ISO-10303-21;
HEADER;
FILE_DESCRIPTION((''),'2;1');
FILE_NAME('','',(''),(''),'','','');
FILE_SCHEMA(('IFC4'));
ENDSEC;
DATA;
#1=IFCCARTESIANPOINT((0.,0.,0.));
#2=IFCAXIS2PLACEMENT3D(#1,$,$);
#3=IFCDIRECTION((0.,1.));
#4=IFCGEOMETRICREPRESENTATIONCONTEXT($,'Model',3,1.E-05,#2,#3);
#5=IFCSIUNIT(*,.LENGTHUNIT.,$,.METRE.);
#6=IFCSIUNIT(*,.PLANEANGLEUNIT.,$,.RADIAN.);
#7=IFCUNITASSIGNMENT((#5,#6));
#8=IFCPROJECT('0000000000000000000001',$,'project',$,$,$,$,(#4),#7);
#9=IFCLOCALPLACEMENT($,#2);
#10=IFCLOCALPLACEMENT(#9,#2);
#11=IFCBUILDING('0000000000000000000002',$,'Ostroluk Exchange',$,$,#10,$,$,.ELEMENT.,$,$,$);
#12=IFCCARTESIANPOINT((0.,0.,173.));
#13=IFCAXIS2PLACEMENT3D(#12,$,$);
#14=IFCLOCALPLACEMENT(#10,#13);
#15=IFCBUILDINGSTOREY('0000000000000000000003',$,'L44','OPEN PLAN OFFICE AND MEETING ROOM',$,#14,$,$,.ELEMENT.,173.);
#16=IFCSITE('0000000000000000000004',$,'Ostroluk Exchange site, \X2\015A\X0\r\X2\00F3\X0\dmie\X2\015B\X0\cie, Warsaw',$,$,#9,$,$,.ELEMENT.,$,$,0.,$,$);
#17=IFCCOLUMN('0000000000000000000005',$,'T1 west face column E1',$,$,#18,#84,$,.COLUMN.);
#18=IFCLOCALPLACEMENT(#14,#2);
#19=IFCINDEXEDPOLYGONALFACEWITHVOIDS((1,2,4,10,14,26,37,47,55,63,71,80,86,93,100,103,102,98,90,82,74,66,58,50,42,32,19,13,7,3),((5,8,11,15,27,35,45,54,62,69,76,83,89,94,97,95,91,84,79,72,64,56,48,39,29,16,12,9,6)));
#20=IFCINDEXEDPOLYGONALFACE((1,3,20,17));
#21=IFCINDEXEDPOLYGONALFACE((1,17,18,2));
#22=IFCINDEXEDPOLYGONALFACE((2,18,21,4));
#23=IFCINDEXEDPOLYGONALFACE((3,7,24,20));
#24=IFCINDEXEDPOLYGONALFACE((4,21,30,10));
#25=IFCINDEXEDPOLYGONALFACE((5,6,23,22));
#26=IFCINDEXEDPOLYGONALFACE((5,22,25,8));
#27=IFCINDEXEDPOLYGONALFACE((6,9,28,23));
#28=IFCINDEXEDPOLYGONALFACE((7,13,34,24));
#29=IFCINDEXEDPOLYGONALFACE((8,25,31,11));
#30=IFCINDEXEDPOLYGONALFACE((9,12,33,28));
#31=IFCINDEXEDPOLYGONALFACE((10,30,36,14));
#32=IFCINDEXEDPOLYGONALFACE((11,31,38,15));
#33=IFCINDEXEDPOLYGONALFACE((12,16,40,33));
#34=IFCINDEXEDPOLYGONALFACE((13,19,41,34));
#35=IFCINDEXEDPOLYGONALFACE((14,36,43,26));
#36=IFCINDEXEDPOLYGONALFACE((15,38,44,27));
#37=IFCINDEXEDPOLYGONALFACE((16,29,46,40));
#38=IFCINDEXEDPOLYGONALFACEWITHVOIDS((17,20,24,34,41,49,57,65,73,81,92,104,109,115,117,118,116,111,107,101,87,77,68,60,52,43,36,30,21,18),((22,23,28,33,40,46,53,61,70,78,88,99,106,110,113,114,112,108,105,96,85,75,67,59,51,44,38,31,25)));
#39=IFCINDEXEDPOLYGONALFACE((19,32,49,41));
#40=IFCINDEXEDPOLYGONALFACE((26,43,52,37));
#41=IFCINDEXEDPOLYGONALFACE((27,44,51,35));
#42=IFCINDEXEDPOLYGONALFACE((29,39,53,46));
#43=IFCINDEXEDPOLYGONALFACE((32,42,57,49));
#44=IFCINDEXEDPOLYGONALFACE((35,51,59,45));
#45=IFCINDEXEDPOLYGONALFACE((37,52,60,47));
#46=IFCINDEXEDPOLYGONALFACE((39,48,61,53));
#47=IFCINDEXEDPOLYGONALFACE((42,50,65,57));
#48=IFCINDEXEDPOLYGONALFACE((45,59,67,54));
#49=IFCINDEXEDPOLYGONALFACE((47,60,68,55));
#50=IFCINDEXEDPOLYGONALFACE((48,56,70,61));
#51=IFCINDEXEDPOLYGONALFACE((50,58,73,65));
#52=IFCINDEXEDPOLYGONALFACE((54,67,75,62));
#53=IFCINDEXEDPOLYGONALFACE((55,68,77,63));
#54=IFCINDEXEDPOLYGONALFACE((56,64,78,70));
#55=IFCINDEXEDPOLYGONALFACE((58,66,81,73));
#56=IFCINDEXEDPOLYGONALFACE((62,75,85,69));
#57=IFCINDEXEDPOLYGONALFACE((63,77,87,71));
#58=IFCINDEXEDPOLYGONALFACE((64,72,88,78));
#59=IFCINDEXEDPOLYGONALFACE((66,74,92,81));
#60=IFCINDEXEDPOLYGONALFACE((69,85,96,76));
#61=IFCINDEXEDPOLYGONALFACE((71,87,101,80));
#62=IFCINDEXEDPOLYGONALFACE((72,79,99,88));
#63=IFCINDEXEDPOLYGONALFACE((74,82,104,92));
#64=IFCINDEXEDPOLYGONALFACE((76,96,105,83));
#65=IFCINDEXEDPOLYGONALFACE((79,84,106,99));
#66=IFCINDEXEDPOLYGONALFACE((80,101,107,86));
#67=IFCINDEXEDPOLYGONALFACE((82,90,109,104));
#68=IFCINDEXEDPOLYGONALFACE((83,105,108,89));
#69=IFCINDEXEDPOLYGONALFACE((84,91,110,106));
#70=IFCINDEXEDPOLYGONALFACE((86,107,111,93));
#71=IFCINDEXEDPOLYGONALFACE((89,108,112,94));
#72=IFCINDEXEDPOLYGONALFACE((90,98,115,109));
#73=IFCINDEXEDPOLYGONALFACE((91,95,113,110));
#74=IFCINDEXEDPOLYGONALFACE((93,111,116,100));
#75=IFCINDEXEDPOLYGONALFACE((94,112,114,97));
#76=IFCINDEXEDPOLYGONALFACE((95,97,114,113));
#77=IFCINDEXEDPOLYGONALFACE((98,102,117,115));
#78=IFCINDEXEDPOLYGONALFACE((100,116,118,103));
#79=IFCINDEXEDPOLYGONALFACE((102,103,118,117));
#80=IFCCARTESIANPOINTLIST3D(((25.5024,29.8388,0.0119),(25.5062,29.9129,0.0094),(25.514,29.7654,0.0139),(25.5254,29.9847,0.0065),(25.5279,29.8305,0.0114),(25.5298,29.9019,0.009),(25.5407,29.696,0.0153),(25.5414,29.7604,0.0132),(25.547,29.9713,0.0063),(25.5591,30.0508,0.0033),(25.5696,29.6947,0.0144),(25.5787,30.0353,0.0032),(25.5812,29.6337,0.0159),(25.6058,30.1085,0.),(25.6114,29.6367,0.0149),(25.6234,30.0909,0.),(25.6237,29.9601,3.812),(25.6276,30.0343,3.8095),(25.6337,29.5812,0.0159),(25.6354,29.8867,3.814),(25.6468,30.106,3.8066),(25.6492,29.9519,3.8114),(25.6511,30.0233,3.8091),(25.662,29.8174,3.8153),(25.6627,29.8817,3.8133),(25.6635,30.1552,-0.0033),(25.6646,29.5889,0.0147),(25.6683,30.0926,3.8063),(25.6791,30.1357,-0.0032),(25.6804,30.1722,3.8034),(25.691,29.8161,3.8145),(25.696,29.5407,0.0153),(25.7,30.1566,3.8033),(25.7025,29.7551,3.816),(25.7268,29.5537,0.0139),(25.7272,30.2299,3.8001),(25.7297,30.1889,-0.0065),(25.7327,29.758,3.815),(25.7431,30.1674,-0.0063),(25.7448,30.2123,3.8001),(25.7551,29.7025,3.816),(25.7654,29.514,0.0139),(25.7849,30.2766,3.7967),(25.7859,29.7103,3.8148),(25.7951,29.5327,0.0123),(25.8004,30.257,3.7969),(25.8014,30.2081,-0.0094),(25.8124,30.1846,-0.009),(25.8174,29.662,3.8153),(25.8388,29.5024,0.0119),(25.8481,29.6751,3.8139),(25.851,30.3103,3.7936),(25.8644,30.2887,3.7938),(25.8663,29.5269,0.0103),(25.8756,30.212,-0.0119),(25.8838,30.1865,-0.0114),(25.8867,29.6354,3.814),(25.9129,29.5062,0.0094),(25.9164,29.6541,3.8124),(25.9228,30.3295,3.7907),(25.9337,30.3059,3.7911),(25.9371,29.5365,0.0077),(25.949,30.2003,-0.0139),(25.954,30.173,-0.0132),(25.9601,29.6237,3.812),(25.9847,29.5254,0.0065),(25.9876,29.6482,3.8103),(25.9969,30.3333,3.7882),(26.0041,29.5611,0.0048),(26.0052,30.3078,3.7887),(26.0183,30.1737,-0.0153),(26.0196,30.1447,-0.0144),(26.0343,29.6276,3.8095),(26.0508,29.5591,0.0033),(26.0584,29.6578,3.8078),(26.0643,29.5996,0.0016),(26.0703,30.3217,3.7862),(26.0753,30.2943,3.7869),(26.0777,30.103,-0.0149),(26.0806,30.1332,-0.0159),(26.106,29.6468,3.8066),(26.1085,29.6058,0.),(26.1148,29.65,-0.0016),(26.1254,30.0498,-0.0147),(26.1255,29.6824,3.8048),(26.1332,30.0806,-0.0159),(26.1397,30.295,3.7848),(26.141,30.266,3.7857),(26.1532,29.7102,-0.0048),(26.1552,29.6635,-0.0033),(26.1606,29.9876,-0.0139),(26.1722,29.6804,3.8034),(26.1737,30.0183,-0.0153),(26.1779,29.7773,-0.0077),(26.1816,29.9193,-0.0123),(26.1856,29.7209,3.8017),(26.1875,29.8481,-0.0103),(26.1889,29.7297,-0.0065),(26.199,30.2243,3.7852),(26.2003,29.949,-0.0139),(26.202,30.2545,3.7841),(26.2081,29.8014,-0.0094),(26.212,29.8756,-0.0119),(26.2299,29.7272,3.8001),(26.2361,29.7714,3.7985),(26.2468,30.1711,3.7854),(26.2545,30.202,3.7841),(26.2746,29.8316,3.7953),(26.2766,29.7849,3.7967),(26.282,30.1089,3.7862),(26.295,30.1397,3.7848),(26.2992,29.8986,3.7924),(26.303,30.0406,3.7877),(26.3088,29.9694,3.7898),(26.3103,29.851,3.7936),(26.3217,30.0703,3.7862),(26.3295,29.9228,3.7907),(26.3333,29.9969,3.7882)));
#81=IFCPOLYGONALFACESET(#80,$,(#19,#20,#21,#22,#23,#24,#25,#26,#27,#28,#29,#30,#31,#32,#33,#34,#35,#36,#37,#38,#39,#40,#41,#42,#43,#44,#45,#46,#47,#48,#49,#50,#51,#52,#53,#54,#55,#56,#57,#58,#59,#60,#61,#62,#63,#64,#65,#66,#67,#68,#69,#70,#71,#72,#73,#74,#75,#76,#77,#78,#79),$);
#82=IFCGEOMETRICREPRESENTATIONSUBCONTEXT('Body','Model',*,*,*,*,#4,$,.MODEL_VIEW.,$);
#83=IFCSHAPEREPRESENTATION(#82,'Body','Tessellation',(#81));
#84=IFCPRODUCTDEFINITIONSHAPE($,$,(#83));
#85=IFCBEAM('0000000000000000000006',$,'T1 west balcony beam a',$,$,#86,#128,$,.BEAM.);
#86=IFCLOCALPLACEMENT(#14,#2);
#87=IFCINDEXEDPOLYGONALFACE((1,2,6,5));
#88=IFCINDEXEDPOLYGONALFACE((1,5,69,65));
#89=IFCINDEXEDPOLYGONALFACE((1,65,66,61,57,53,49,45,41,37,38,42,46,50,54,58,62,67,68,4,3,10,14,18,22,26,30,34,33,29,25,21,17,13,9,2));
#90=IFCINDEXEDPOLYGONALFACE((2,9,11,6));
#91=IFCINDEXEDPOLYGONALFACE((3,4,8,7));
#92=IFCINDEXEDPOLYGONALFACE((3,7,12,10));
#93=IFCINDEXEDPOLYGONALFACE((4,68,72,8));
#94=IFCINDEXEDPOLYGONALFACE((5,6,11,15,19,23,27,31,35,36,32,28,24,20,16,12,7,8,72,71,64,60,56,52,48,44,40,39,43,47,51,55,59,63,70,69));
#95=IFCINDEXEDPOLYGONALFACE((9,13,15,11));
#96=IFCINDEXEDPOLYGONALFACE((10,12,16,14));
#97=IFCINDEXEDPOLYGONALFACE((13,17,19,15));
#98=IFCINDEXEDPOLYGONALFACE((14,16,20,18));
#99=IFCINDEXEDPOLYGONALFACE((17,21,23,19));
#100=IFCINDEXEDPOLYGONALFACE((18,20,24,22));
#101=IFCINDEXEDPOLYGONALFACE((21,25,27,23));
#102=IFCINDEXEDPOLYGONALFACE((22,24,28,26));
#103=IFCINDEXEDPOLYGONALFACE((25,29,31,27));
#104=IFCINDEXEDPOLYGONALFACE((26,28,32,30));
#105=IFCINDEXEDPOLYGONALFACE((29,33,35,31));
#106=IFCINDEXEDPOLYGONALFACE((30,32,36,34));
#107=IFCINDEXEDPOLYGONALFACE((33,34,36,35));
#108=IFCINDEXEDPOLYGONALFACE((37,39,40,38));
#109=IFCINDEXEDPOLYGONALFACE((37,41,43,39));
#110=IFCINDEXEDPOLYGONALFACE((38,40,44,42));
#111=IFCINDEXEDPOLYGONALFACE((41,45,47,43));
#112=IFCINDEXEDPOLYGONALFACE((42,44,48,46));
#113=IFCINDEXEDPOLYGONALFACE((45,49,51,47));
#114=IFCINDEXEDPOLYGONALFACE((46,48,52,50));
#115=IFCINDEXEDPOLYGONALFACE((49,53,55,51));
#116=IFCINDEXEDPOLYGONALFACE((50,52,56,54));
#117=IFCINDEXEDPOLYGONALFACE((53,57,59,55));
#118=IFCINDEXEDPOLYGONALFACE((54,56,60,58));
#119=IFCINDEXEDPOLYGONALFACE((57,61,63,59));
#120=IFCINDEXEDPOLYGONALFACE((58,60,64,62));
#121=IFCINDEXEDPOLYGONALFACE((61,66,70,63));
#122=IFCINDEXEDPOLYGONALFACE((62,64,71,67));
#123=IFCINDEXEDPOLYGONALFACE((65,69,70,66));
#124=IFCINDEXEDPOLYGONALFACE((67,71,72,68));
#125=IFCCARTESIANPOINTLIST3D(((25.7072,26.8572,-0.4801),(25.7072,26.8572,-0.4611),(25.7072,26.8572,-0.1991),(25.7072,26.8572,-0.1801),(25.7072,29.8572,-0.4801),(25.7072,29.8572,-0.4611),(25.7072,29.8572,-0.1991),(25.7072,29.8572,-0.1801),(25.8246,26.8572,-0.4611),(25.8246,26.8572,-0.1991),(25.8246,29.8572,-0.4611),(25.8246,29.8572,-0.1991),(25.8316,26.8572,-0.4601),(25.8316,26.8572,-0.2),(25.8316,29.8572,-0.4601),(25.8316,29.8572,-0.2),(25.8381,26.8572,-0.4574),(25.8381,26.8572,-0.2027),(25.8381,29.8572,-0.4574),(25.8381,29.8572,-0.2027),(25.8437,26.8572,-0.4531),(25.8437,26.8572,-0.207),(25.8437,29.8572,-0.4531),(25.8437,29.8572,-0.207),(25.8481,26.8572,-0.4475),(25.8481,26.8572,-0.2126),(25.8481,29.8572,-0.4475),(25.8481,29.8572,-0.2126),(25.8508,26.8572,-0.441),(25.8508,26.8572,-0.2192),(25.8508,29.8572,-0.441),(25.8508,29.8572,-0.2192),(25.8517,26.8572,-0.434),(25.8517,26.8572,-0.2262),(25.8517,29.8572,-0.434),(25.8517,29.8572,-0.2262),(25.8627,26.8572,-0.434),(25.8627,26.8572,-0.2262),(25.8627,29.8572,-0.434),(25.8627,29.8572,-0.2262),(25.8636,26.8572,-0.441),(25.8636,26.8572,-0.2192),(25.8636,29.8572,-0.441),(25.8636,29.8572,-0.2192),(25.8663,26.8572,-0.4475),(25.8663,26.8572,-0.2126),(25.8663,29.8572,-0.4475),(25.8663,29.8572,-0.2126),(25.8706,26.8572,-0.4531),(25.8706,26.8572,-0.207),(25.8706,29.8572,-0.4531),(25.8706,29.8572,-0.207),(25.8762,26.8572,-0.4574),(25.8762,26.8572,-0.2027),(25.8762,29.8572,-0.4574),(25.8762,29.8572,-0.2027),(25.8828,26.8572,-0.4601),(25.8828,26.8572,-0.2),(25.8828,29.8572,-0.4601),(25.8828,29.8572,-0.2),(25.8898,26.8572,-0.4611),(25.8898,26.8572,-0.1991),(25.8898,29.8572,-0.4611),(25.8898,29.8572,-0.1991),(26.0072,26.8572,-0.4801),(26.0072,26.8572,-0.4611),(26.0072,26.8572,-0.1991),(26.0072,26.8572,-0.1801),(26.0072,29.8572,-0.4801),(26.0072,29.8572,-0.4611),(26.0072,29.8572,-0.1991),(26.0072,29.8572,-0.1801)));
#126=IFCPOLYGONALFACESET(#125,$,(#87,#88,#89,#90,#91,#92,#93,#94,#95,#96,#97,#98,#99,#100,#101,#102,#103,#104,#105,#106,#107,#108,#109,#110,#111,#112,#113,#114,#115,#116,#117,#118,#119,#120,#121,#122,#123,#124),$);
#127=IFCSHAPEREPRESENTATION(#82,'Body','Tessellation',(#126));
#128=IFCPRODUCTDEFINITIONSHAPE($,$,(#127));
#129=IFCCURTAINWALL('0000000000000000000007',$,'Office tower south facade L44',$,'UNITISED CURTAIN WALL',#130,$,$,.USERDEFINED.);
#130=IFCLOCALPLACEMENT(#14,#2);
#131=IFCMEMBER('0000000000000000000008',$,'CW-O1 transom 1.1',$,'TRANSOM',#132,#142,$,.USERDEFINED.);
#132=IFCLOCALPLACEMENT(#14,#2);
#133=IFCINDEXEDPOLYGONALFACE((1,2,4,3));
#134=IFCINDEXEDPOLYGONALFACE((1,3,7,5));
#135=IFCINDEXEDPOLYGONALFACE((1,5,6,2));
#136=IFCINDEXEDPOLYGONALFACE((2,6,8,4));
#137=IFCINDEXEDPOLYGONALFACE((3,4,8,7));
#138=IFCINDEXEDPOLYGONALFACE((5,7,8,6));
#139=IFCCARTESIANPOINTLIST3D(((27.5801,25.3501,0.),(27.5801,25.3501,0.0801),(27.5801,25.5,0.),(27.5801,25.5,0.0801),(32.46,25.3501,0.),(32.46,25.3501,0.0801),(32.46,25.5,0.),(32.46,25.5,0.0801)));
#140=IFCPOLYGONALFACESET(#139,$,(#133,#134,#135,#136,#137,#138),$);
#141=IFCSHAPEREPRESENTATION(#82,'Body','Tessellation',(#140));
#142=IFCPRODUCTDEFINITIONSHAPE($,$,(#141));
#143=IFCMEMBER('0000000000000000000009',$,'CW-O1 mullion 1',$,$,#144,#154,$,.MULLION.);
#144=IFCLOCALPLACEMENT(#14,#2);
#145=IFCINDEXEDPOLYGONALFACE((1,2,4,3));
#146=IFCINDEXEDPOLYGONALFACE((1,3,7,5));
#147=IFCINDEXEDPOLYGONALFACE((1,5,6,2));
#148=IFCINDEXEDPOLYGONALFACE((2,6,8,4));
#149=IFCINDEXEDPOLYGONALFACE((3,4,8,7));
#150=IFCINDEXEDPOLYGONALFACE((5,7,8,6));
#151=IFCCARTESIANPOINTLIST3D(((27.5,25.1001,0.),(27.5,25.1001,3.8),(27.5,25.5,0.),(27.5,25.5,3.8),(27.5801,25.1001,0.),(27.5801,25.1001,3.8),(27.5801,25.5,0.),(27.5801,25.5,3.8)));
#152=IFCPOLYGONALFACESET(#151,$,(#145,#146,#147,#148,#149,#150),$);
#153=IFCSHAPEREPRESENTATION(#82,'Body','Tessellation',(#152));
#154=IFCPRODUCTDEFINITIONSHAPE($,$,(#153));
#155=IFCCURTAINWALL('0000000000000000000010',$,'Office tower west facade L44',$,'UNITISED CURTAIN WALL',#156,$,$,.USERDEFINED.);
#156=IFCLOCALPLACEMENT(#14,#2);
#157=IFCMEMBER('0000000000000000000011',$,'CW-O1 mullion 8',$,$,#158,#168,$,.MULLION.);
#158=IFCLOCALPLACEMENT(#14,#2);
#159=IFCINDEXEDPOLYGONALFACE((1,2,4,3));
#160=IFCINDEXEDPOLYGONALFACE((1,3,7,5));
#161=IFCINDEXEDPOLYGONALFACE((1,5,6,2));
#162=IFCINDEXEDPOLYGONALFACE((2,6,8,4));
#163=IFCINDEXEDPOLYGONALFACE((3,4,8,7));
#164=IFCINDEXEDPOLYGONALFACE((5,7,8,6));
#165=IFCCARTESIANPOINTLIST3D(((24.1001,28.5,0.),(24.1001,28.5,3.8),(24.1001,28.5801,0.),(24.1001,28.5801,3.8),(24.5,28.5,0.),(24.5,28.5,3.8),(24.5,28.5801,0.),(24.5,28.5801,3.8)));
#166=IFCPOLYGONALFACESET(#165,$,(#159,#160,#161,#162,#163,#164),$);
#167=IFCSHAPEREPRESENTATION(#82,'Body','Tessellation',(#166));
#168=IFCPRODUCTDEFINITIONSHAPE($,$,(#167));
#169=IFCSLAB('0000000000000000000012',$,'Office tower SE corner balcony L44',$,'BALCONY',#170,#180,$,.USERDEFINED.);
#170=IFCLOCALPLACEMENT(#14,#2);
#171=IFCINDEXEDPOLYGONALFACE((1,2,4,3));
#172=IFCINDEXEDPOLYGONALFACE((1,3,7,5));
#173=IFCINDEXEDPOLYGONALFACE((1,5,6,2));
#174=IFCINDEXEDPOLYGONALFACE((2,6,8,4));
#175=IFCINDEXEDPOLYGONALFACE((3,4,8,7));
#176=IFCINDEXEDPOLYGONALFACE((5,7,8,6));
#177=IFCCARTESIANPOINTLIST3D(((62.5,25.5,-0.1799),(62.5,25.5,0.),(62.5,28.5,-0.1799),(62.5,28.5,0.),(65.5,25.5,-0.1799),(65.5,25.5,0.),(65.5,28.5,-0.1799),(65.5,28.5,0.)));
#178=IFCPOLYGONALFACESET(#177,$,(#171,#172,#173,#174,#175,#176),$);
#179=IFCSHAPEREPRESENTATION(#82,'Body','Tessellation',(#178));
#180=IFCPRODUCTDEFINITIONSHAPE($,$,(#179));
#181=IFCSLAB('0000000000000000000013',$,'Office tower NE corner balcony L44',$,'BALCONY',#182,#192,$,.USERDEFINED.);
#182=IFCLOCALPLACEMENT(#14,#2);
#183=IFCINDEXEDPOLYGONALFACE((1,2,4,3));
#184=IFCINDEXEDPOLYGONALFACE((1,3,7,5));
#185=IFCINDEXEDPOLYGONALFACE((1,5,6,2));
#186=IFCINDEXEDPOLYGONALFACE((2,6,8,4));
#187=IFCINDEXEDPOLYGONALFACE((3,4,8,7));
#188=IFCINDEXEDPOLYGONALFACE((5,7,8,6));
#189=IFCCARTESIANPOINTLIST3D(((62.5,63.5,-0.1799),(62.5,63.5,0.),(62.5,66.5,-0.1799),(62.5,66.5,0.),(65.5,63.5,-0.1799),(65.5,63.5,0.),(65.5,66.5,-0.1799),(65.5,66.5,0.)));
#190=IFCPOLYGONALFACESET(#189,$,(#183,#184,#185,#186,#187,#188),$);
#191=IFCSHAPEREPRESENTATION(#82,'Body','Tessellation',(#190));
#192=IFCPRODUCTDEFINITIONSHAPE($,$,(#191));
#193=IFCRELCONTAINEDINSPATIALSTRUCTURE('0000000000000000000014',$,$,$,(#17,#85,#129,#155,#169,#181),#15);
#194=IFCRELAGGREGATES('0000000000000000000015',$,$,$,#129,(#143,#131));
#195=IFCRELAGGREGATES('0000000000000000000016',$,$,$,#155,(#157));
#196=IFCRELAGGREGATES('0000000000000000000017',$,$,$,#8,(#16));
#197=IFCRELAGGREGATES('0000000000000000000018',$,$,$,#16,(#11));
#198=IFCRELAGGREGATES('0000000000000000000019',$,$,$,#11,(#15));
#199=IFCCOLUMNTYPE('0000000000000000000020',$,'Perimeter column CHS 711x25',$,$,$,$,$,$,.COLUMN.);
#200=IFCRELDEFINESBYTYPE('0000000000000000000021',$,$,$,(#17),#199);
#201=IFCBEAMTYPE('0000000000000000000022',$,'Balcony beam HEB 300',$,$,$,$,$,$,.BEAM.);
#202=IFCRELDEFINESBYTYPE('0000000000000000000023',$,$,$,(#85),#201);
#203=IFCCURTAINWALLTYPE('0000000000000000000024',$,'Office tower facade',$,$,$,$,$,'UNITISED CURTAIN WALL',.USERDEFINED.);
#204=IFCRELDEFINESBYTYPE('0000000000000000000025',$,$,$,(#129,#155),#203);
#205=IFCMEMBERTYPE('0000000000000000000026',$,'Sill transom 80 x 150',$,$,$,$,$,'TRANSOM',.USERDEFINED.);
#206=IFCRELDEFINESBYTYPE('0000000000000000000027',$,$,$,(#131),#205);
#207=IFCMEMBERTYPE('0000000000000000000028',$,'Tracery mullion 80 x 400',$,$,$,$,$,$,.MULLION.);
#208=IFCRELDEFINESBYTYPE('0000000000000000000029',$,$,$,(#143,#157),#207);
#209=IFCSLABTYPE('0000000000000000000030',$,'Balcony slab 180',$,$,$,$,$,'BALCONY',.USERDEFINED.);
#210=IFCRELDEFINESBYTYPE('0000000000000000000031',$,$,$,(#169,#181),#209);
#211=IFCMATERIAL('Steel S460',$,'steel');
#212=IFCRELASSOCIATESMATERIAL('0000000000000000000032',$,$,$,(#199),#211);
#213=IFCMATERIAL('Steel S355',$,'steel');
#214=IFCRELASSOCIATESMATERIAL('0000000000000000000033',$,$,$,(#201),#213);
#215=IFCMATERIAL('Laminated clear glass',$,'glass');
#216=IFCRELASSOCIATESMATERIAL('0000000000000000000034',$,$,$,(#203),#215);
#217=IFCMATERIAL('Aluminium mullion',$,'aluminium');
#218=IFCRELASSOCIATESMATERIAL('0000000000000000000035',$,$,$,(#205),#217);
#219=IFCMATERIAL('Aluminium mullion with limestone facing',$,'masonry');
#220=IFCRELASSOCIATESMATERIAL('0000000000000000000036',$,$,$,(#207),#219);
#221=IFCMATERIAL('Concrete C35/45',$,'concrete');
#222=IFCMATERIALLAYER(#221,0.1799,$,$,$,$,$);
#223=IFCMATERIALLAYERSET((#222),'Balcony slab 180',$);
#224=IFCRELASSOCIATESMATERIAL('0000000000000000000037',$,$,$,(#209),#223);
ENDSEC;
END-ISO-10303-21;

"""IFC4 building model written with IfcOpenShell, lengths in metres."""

from ifc_helpers import new_model, si_unit, direction, frame, origin, origin_2d, place, context, subcontext, project, spatial, polyline, rectangle, hollow_circle, i_section, outline, extrude, material, layer, layer_set, material_profile, profile_set, type_object, element, aggregate, save


model = new_model("IFC4")

# Units and contexts
model_context = context("Model", 3, precision=1e-05, world=origin(), true_north=direction((0.0, 1.0)))
body_context = subcontext(model_context, "Body", "Model", "MODEL_VIEW")
ifc_project = project(units=[si_unit("LENGTHUNIT", "METRE"), si_unit("PLANEANGLEUNIT", "RADIAN")], contexts=[model_context])

# Site, building, storey
site_placement = place(None, origin())
site = spatial("IfcSite", under=ifc_project, at=site_placement, Name="Ostroluk Exchange site, Śródmieście, Warsaw", CompositionType="ELEMENT", RefElevation=0.0)
building_placement = place(site_placement, origin())
building = spatial("IfcBuilding", under=site, at=building_placement, Name="Ostroluk Exchange", CompositionType="ELEMENT")
storey_placement = place(building_placement, frame((0.0, 0.0, 173.0)))
storey = spatial("IfcBuildingStorey", under=building, at=storey_placement, Name="L44", Description="OPEN PLAN OFFICE AND MEETING ROOM", CompositionType="ELEMENT", Elevation=173.0)

# Column
ifc_material_1 = material(Name="Steel S460", Category="steel")
ifc_material_profile_1 = material_profile(ifc_material_1, hollow_circle(Radius=0.3555, WallThickness=0.0249, at=origin_2d()), Name="CHS 711x25")
ifc_profile_set_1 = profile_set([ifc_material_profile_1], Name="Steel S460")
column_type = type_object("IfcColumnType", Name="Perimeter column CHS 711x25", PredefinedType="COLUMN", material=ifc_profile_set_1)
column_placement = place(storey_placement, frame((25.8572, 29.8572, 0.0), z_axis=(0.031898, 0.031898, 0.998982), x_axis=(-0.707107, 0.707107, 0.0)))
element("IfcColumn", 1, at=column_placement, inside=storey, type_object=column_type, Name="T1 west face column E1", PredefinedType="COLUMN", context=body_context, shape_type="SweptSolid", body=[
    extrude(hollow_circle(Radius=0.3555, WallThickness=0.0249, at=origin_2d()), origin(), (0.0, 0.0, 1.0), 3.804),
])

# Beam
ifc_material_2 = material(Name="Steel S355", Category="steel")
ifc_material_profile_2 = material_profile(ifc_material_2, i_section(OverallWidth=0.3, OverallDepth=0.3, WebThickness=0.011, FlangeThickness=0.019, FilletRadius=0.0271, at=origin_2d()), Name="HEB 300")
ifc_profile_set_2 = profile_set([ifc_material_profile_2], Name="Steel S355")
beam_type = type_object("IfcBeamType", Name="Balcony beam HEB 300", PredefinedType="BEAM", material=ifc_profile_set_2)
beam_placement = place(storey_placement, frame((25.8572, 29.8572, -0.3301), z_axis=(0.0, -1.0, 0.0), x_axis=(1.0, 0.0, 0.0)))
element("IfcBeam", 2, at=beam_placement, inside=storey, type_object=beam_type, Name="T1 west balcony beam a", PredefinedType="BEAM", context=body_context, shape_type="SweptSolid", body=[
    extrude(i_section(OverallWidth=0.3, OverallDepth=0.3, WebThickness=0.011, FlangeThickness=0.019, FilletRadius=0.0271, at=origin_2d()), origin(), (0.0, 0.0, 1.0), 3.0),
])

# Curtain wall, members
ifc_material_3 = material(Name="Laminated clear glass", Category="glass")
curtain_wall_type = type_object("IfcCurtainWallType", Name="Office tower facade", ElementType="UNITISED CURTAIN WALL", PredefinedType="USERDEFINED", material=ifc_material_3)
curtain_wall_1_placement = place(storey_placement, origin())
curtain_wall_1 = element("IfcCurtainWall", 3, at=curtain_wall_1_placement, inside=storey, type_object=curtain_wall_type, Name="Office tower south facade L44", ObjectType="UNITISED CURTAIN WALL", PredefinedType="USERDEFINED")
ifc_material_4 = material(Name="Aluminium mullion", Category="aluminium")
ifc_material_profile_3 = material_profile(ifc_material_4, rectangle(XDim=0.1499, YDim=0.0801, at=origin_2d()), Name="Sill transom 80 x 150")
ifc_profile_set_3 = profile_set([ifc_material_profile_3], Name="Aluminium mullion")
member_type_1 = type_object("IfcMemberType", Name="Sill transom 80 x 150", ElementType="TRANSOM", PredefinedType="USERDEFINED", material=ifc_profile_set_3)
member_1_placement = place(storey_placement, frame((27.5801, 25.425, 0.04), z_axis=(1.0, 0.0, 0.0), x_axis=(0.0, 1.0, 0.0)))
member_1 = element("IfcMember", 4, at=member_1_placement, type_object=member_type_1, Name="CW-O1 transom 1.1", ObjectType="TRANSOM", PredefinedType="USERDEFINED", context=body_context, shape_type="SweptSolid", body=[
    extrude(rectangle(XDim=0.1499, YDim=0.0801, at=origin_2d()), origin(), (0.0, 0.0, 1.0), 4.8799),
])
ifc_material_5 = material(Name="Aluminium mullion with limestone facing", Category="masonry")
ifc_material_profile_4 = material_profile(ifc_material_5, rectangle(XDim=0.3999, YDim=0.0801, at=origin_2d()), Name="Tracery mullion 80 x 400")
ifc_profile_set_4 = profile_set([ifc_material_profile_4], Name="Aluminium mullion with limestone facing")
member_type_2 = type_object("IfcMemberType", Name="Tracery mullion 80 x 400", PredefinedType="MULLION", material=ifc_profile_set_4)
member_2_placement = place(storey_placement, frame((27.54, 25.3, 0.0), z_axis=(0.0, 0.0, 1.0), x_axis=(0.0, 1.0, 0.0)))
member_2 = element("IfcMember", 5, at=member_2_placement, type_object=member_type_2, Name="CW-O1 mullion 1", PredefinedType="MULLION", context=body_context, shape_type="SweptSolid", body=[
    extrude(rectangle(XDim=0.3999, YDim=0.0801, at=origin_2d()), origin(), (0.0, 0.0, 1.0), 3.8),
])
aggregate(curtain_wall_1, [member_2, member_1])

# Curtain wall, member
curtain_wall_2_placement = place(storey_placement, origin())
curtain_wall_2 = element("IfcCurtainWall", 6, at=curtain_wall_2_placement, inside=storey, type_object=curtain_wall_type, Name="Office tower west facade L44", ObjectType="UNITISED CURTAIN WALL", PredefinedType="USERDEFINED")
member_3_placement = place(storey_placement, frame((24.3, 28.54, 0.0), z_axis=(0.0, 0.0, 1.0), x_axis=(1.0, 0.0, 0.0)))
member_3 = element("IfcMember", 7, at=member_3_placement, type_object=member_type_2, Name="CW-O1 mullion 8", PredefinedType="MULLION", context=body_context, shape_type="SweptSolid", body=[
    extrude(rectangle(XDim=0.3999, YDim=0.0801, at=origin_2d()), origin(), (0.0, 0.0, 1.0), 3.8),
])

# Slabs
ifc_material_6 = material(Name="Concrete C35/45", Category="concrete")
ifc_layer_1 = layer(ifc_material_6, 0.1799)
ifc_layer_set_1 = layer_set([ifc_layer_1], Name="Balcony slab 180")
slab_type_1 = type_object("IfcSlabType", Name="Balcony slab 180", ElementType="BALCONY", PredefinedType="USERDEFINED", material=ifc_layer_set_1)
slab_1_placement = place(storey_placement, frame((0.0, 0.0, -0.1799)))
element("IfcSlab", 8, at=slab_1_placement, inside=storey, type_object=slab_type_1, Name="Office tower SE corner balcony L44", ObjectType="BALCONY", PredefinedType="USERDEFINED", context=body_context, shape_type="SweptSolid", body=[
    extrude(outline(polyline([(62.5, 25.5), (65.5, 25.5), (65.5, 28.5), (62.5, 28.5), (62.5, 25.5)])), origin(), (0.0, 0.0, 1.0), 0.1799),
])
slab_2_placement = place(storey_placement, frame((0.0, 0.0, -0.1799)))
element("IfcSlab", 9, at=slab_2_placement, inside=storey, type_object=slab_type_1, Name="Office tower NE corner balcony L44", ObjectType="BALCONY", PredefinedType="USERDEFINED", context=body_context, shape_type="SweptSolid", body=[
    extrude(outline(polyline([(62.5, 63.5), (65.5, 63.5), (65.5, 66.5), (62.5, 66.5), (62.5, 63.5)])), origin(), (0.0, 0.0, 1.0), 0.1799),
])

aggregate(curtain_wall_2, [member_3])

save(model, "model.ifc")
